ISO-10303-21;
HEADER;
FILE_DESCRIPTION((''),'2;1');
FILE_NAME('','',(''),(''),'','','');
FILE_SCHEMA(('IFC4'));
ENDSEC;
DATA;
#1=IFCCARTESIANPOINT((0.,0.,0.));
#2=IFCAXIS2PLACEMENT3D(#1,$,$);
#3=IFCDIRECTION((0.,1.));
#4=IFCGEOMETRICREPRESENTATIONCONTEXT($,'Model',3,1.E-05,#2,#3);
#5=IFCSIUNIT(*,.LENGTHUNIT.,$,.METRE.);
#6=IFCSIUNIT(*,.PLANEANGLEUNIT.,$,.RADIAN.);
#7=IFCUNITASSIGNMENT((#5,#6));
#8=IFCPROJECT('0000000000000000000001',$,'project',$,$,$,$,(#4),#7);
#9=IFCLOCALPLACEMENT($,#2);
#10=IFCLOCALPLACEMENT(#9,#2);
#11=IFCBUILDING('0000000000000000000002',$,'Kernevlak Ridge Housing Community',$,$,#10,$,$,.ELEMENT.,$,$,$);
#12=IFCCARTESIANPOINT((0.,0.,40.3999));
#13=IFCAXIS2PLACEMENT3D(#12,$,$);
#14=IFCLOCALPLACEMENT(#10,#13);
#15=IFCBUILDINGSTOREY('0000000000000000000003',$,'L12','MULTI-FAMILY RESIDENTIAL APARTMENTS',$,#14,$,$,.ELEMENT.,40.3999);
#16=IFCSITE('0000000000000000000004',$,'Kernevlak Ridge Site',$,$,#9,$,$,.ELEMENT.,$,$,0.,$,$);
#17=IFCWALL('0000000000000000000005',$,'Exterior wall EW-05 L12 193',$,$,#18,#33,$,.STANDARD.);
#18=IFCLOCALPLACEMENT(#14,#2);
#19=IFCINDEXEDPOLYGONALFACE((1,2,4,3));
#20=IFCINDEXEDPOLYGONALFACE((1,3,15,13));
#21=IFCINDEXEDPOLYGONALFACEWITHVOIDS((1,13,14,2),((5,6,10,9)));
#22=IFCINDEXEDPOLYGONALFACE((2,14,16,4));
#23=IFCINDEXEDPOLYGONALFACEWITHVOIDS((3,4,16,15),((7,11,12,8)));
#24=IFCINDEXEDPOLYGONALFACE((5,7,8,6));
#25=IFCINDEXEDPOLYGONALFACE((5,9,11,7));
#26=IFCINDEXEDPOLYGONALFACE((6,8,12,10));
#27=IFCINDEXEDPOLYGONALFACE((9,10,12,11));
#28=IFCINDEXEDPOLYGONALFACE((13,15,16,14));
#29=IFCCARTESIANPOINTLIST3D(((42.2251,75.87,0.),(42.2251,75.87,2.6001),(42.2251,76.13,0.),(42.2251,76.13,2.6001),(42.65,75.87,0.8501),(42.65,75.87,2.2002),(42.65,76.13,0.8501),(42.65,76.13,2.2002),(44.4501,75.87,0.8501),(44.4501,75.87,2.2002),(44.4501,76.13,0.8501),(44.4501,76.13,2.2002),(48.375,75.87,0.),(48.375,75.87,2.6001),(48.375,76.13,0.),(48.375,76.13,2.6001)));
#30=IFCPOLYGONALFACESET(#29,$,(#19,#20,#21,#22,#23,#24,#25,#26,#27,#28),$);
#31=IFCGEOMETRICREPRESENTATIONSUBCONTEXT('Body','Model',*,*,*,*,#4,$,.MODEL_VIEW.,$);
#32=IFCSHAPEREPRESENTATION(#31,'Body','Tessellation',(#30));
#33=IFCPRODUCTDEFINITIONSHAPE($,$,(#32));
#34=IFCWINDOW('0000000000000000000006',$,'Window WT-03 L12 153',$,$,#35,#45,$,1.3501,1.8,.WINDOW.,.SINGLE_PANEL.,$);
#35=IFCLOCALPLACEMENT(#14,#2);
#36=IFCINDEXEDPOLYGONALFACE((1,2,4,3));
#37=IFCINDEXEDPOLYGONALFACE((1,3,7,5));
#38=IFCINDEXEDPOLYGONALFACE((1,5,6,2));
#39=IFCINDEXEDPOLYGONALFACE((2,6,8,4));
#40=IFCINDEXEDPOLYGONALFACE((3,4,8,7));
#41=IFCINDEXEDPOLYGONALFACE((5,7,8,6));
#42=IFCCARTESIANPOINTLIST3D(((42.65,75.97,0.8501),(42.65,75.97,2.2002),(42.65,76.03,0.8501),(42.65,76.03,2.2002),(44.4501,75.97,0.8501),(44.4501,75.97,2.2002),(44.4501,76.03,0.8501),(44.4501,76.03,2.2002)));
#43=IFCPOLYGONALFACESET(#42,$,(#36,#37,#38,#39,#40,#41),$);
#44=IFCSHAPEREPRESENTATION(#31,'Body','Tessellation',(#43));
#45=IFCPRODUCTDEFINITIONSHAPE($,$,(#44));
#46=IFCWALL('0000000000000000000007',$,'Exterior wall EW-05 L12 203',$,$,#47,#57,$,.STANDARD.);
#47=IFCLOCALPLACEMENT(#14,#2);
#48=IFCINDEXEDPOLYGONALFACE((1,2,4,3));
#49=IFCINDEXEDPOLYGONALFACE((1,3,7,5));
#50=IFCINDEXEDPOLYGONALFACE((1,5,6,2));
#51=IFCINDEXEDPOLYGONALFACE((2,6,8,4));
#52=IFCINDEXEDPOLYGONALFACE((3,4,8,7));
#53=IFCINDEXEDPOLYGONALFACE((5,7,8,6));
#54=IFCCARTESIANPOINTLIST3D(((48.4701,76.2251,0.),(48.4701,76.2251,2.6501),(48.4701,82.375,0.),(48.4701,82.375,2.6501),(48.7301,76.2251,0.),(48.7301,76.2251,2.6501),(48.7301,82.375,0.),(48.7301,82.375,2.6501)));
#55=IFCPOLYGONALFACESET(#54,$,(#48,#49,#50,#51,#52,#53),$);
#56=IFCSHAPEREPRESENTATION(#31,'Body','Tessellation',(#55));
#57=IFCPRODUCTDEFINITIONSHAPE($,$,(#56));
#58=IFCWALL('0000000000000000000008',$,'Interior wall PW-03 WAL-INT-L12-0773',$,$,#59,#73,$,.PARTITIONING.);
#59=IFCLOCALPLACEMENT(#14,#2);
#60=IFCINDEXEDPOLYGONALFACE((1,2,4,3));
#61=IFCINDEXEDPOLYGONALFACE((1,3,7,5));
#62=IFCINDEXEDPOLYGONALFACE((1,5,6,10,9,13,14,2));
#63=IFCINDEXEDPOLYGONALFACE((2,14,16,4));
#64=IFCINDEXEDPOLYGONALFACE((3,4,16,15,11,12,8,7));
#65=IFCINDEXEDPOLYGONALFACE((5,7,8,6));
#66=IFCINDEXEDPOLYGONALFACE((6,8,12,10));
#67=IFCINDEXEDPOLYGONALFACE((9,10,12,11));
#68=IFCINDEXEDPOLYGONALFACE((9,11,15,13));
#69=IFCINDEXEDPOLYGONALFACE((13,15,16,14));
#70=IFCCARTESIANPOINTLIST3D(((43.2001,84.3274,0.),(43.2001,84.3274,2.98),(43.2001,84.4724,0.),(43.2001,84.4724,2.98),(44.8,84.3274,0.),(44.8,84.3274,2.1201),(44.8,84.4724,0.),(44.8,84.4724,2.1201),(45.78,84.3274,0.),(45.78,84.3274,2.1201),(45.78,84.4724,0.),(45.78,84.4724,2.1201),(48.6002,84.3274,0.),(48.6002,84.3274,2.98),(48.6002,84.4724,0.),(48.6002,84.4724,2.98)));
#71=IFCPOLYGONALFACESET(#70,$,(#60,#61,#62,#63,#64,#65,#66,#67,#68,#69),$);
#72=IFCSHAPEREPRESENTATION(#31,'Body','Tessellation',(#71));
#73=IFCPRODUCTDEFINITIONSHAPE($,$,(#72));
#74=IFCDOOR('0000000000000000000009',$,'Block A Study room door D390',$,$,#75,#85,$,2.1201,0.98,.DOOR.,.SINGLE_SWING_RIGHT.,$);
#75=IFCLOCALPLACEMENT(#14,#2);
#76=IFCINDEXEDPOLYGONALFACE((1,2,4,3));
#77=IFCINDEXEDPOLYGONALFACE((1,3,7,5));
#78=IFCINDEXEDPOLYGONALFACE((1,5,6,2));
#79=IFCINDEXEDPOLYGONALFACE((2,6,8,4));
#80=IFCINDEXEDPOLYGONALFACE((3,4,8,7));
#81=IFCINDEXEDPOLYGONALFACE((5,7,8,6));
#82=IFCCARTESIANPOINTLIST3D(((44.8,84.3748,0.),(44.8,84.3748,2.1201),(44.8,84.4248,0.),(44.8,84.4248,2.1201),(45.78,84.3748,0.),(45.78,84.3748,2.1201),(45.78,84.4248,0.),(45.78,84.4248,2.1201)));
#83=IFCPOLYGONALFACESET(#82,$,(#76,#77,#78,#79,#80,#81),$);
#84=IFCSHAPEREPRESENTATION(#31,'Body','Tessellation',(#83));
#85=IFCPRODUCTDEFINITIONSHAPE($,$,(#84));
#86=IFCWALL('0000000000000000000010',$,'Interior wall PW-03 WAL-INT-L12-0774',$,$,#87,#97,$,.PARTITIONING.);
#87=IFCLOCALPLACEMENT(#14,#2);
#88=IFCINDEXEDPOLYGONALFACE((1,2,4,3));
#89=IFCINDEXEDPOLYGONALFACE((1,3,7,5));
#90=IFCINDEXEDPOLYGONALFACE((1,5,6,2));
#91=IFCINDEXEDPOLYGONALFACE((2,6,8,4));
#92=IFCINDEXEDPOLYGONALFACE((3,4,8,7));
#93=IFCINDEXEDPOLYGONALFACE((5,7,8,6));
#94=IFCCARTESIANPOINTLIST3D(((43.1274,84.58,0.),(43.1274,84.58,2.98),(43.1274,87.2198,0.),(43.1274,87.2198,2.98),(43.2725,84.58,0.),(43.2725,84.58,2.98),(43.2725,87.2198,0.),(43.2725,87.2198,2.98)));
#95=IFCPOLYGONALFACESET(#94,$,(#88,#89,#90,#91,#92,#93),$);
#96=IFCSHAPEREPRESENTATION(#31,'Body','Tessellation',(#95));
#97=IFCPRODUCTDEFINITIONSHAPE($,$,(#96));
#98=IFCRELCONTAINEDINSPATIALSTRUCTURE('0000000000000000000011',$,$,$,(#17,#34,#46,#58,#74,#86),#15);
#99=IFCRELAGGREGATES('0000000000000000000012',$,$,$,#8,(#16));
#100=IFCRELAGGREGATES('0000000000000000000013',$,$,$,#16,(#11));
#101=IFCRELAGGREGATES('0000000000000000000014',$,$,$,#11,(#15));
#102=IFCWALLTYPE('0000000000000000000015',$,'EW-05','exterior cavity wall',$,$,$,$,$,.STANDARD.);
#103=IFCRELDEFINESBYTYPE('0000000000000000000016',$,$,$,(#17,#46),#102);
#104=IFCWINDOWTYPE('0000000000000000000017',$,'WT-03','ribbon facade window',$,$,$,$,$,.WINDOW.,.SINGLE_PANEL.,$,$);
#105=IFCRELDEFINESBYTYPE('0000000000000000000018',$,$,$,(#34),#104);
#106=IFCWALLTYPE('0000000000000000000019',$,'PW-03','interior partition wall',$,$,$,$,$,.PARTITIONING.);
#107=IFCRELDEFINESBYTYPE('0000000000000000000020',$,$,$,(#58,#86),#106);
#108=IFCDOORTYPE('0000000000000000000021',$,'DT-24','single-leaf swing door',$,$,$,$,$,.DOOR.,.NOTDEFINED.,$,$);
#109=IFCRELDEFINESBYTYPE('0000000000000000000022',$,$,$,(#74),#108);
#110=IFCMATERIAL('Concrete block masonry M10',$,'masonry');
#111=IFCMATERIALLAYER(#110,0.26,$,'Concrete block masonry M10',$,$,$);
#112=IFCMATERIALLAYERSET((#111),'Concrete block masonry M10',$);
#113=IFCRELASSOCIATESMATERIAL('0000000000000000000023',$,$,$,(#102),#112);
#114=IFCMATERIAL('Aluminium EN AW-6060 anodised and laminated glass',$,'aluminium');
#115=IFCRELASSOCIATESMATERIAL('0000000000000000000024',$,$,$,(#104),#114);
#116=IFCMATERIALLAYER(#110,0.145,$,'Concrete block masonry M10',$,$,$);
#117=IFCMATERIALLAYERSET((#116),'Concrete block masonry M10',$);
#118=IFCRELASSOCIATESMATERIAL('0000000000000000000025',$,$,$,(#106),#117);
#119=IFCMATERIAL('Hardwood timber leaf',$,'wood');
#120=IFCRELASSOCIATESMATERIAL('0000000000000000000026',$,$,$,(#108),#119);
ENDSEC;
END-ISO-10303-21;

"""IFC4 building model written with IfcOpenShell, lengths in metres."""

from ifc_helpers import new_model, si_unit, direction, frame, frame_2d, origin, place, context, subcontext, project, spatial, rectangle, extrude, material, layer, layer_set, type_object, element, fill, save


model = new_model("IFC4")

# Units and contexts
model_context = context("Model", 3, precision=1e-05, world=origin(), true_north=direction((0.0, 1.0)))
body_context = subcontext(model_context, "Body", "Model", "MODEL_VIEW")
ifc_project = project(units=[si_unit("LENGTHUNIT", "METRE"), si_unit("PLANEANGLEUNIT", "RADIAN")], contexts=[model_context])

# Site, building, storey
site_placement = place(None, origin())
site = spatial("IfcSite", under=ifc_project, at=site_placement, Name="Kernevlak Ridge Site", CompositionType="ELEMENT", RefElevation=0.0)
building_placement = place(site_placement, origin())
building = spatial("IfcBuilding", under=site, at=building_placement, Name="Kernevlak Ridge Housing Community", CompositionType="ELEMENT")
storey_placement = place(building_placement, frame((0.0, 0.0, 40.3999)))
storey = spatial("IfcBuildingStorey", under=building, at=storey_placement, Name="L12", Description="MULTI-FAMILY RESIDENTIAL APARTMENTS", CompositionType="ELEMENT", Elevation=40.3999)

# Shared definitions
ifc_material_1 = material(Name="Aluminium EN AW-6060 anodised and laminated glass", Category="aluminium")

# Wall, opening, window
ifc_material_2 = material(Name="Concrete block masonry M10", Category="masonry")
ifc_layer_1 = layer(ifc_material_2, 0.26, Name="Concrete block masonry M10")
ifc_layer_set_1 = layer_set([ifc_layer_1], Name="Concrete block masonry M10")
wall_type_1 = type_object("IfcWallType", Name="EW-05", Description="exterior cavity wall", PredefinedType="STANDARD", material=ifc_layer_set_1)
wall_1_placement = place(storey_placement, frame((42.2251, 76.0, 0.0), z_axis=(0.0, 0.0, 1.0), x_axis=(1.0, 0.0, 0.0)))
wall_1 = element("IfcWall", 1, at=wall_1_placement, inside=storey, type_object=wall_type_1, Name="Exterior wall EW-05 L12 193", PredefinedType="STANDARD", context=body_context, shape_type="SweptSolid", body=[
    extrude(rectangle(XDim=6.1499, YDim=0.26, at=frame_2d((3.075, 0.0))), origin(), (0.0, 0.0, 1.0), 2.6001),
])
opening_1_placement = place(wall_1_placement, frame((0.425, 0.0, 0.8501)))
opening_1 = element("IfcOpeningElement", 2, at=opening_1_placement, cuts=wall_1, PredefinedType="OPENING", context=body_context, shape_type="SweptSolid", body=[
    extrude(rectangle(XDim=1.8, YDim=1.3501, at=frame_2d((0.8999, 0.675))), frame((0.0, 0.1399, 0.0), z_axis=(0.0, -1.0, 0.0), x_axis=(1.0, 0.0, 0.0)), (0.0, 0.0, 1.0), 0.28),
])
window_type = type_object("IfcWindowType", Name="WT-03", Description="ribbon facade window", PartitioningType="SINGLE_PANEL", PredefinedType="WINDOW", material=ifc_material_1)
window_placement = place(opening_1_placement, origin())
window = element("IfcWindow", 3, at=window_placement, inside=storey, type_object=window_type, Name="Window WT-03 L12 153", OverallHeight=1.3501, OverallWidth=1.8, PartitioningType="SINGLE_PANEL", PredefinedType="WINDOW", context=body_context, shape_type="SweptSolid", body=[
    extrude(rectangle(XDim=1.8, YDim=1.3501, at=frame_2d((0.8999, 0.675))), frame((0.0, 0.03, 0.0), z_axis=(0.0, -1.0, 0.0), x_axis=(1.0, 0.0, 0.0)), (0.0, 0.0, 1.0), 0.0601),
])
fill(opening_1, window)

# Wall
wall_2_placement = place(storey_placement, frame((48.6001, 76.2251, 0.0), z_axis=(0.0, 0.0, 1.0), x_axis=(0.0, 1.0, 0.0)))
element("IfcWall", 4, at=wall_2_placement, inside=storey, type_object=wall_type_1, Name="Exterior wall EW-05 L12 203", PredefinedType="STANDARD", context=body_context, shape_type="SweptSolid", body=[
    extrude(rectangle(XDim=6.1499, YDim=0.26, at=frame_2d((3.075, 0.0))), origin(), (0.0, 0.0, 1.0), 2.6501),
])

# Wall, opening, door
ifc_layer_2 = layer(ifc_material_2, 0.145, Name="Concrete block masonry M10")
ifc_layer_set_2 = layer_set([ifc_layer_2], Name="Concrete block masonry M10")
wall_type_2 = type_object("IfcWallType", Name="PW-03", Description="interior partition wall", PredefinedType="PARTITIONING", material=ifc_layer_set_2)
wall_3_placement = place(storey_placement, frame((43.2, 84.3999, 0.0), z_axis=(0.0, 0.0, 1.0), x_axis=(1.0, 0.0, 0.0)))
wall_3 = element("IfcWall", 5, at=wall_3_placement, inside=storey, type_object=wall_type_2, Name="Interior wall PW-03 WAL-INT-L12-0773", PredefinedType="PARTITIONING", context=body_context, shape_type="SweptSolid", body=[
    extrude(rectangle(XDim=5.4001, YDim=0.145, at=frame_2d((2.7002, 0.0))), origin(), (0.0, 0.0, 1.0), 2.98),
])
opening_2_placement = place(wall_3_placement, frame((1.6001, 0.0, 0.0)))
opening_2 = element("IfcOpeningElement", 6, at=opening_2_placement, cuts=wall_3, PredefinedType="OPENING", context=body_context, shape_type="SweptSolid", body=[
    extrude(rectangle(XDim=0.98, YDim=2.1201, at=frame_2d((0.49, 1.0601))), frame((0.0, 0.0825, 0.0), z_axis=(0.0, -1.0, 0.0), x_axis=(1.0, 0.0, 0.0)), (0.0, 0.0, 1.0), 0.165),
])
ifc_material_3 = material(Name="Hardwood timber leaf", Category="wood")
door_type = type_object("IfcDoorType", Name="DT-24", Description="single-leaf swing door", OperationType="NOTDEFINED", PredefinedType="DOOR", material=ifc_material_3)
door_placement = place(opening_2_placement, origin())
door = element("IfcDoor", 7, at=door_placement, inside=storey, type_object=door_type, Name="Block A Study room door D390", OperationType="SINGLE_SWING_RIGHT", OverallHeight=2.1201, OverallWidth=0.98, PredefinedType="DOOR", context=body_context, shape_type="SweptSolid", body=[
    extrude(rectangle(XDim=0.98, YDim=2.1201, at=frame_2d((0.49, 1.0601))), frame((0.0, 0.0249, 0.0), z_axis=(0.0, -1.0, 0.0), x_axis=(1.0, 0.0, 0.0)), (0.0, 0.0, 1.0), 0.05),
])
fill(opening_2, door)

# Wall
wall_4_placement = place(storey_placement, frame((43.2, 84.5801, 0.0), z_axis=(0.0, 0.0, 1.0), x_axis=(0.0, 1.0, 0.0)))
element("IfcWall", 8, at=wall_4_placement, inside=storey, type_object=wall_type_2, Name="Interior wall PW-03 WAL-INT-L12-0774", PredefinedType="PARTITIONING", context=body_context, shape_type="SweptSolid", body=[
    extrude(rectangle(XDim=2.6399, YDim=0.145, at=frame_2d((1.3198, 0.0))), origin(), (0.0, 0.0, 1.0), 2.98),
])

save(model, "model.ifc")
